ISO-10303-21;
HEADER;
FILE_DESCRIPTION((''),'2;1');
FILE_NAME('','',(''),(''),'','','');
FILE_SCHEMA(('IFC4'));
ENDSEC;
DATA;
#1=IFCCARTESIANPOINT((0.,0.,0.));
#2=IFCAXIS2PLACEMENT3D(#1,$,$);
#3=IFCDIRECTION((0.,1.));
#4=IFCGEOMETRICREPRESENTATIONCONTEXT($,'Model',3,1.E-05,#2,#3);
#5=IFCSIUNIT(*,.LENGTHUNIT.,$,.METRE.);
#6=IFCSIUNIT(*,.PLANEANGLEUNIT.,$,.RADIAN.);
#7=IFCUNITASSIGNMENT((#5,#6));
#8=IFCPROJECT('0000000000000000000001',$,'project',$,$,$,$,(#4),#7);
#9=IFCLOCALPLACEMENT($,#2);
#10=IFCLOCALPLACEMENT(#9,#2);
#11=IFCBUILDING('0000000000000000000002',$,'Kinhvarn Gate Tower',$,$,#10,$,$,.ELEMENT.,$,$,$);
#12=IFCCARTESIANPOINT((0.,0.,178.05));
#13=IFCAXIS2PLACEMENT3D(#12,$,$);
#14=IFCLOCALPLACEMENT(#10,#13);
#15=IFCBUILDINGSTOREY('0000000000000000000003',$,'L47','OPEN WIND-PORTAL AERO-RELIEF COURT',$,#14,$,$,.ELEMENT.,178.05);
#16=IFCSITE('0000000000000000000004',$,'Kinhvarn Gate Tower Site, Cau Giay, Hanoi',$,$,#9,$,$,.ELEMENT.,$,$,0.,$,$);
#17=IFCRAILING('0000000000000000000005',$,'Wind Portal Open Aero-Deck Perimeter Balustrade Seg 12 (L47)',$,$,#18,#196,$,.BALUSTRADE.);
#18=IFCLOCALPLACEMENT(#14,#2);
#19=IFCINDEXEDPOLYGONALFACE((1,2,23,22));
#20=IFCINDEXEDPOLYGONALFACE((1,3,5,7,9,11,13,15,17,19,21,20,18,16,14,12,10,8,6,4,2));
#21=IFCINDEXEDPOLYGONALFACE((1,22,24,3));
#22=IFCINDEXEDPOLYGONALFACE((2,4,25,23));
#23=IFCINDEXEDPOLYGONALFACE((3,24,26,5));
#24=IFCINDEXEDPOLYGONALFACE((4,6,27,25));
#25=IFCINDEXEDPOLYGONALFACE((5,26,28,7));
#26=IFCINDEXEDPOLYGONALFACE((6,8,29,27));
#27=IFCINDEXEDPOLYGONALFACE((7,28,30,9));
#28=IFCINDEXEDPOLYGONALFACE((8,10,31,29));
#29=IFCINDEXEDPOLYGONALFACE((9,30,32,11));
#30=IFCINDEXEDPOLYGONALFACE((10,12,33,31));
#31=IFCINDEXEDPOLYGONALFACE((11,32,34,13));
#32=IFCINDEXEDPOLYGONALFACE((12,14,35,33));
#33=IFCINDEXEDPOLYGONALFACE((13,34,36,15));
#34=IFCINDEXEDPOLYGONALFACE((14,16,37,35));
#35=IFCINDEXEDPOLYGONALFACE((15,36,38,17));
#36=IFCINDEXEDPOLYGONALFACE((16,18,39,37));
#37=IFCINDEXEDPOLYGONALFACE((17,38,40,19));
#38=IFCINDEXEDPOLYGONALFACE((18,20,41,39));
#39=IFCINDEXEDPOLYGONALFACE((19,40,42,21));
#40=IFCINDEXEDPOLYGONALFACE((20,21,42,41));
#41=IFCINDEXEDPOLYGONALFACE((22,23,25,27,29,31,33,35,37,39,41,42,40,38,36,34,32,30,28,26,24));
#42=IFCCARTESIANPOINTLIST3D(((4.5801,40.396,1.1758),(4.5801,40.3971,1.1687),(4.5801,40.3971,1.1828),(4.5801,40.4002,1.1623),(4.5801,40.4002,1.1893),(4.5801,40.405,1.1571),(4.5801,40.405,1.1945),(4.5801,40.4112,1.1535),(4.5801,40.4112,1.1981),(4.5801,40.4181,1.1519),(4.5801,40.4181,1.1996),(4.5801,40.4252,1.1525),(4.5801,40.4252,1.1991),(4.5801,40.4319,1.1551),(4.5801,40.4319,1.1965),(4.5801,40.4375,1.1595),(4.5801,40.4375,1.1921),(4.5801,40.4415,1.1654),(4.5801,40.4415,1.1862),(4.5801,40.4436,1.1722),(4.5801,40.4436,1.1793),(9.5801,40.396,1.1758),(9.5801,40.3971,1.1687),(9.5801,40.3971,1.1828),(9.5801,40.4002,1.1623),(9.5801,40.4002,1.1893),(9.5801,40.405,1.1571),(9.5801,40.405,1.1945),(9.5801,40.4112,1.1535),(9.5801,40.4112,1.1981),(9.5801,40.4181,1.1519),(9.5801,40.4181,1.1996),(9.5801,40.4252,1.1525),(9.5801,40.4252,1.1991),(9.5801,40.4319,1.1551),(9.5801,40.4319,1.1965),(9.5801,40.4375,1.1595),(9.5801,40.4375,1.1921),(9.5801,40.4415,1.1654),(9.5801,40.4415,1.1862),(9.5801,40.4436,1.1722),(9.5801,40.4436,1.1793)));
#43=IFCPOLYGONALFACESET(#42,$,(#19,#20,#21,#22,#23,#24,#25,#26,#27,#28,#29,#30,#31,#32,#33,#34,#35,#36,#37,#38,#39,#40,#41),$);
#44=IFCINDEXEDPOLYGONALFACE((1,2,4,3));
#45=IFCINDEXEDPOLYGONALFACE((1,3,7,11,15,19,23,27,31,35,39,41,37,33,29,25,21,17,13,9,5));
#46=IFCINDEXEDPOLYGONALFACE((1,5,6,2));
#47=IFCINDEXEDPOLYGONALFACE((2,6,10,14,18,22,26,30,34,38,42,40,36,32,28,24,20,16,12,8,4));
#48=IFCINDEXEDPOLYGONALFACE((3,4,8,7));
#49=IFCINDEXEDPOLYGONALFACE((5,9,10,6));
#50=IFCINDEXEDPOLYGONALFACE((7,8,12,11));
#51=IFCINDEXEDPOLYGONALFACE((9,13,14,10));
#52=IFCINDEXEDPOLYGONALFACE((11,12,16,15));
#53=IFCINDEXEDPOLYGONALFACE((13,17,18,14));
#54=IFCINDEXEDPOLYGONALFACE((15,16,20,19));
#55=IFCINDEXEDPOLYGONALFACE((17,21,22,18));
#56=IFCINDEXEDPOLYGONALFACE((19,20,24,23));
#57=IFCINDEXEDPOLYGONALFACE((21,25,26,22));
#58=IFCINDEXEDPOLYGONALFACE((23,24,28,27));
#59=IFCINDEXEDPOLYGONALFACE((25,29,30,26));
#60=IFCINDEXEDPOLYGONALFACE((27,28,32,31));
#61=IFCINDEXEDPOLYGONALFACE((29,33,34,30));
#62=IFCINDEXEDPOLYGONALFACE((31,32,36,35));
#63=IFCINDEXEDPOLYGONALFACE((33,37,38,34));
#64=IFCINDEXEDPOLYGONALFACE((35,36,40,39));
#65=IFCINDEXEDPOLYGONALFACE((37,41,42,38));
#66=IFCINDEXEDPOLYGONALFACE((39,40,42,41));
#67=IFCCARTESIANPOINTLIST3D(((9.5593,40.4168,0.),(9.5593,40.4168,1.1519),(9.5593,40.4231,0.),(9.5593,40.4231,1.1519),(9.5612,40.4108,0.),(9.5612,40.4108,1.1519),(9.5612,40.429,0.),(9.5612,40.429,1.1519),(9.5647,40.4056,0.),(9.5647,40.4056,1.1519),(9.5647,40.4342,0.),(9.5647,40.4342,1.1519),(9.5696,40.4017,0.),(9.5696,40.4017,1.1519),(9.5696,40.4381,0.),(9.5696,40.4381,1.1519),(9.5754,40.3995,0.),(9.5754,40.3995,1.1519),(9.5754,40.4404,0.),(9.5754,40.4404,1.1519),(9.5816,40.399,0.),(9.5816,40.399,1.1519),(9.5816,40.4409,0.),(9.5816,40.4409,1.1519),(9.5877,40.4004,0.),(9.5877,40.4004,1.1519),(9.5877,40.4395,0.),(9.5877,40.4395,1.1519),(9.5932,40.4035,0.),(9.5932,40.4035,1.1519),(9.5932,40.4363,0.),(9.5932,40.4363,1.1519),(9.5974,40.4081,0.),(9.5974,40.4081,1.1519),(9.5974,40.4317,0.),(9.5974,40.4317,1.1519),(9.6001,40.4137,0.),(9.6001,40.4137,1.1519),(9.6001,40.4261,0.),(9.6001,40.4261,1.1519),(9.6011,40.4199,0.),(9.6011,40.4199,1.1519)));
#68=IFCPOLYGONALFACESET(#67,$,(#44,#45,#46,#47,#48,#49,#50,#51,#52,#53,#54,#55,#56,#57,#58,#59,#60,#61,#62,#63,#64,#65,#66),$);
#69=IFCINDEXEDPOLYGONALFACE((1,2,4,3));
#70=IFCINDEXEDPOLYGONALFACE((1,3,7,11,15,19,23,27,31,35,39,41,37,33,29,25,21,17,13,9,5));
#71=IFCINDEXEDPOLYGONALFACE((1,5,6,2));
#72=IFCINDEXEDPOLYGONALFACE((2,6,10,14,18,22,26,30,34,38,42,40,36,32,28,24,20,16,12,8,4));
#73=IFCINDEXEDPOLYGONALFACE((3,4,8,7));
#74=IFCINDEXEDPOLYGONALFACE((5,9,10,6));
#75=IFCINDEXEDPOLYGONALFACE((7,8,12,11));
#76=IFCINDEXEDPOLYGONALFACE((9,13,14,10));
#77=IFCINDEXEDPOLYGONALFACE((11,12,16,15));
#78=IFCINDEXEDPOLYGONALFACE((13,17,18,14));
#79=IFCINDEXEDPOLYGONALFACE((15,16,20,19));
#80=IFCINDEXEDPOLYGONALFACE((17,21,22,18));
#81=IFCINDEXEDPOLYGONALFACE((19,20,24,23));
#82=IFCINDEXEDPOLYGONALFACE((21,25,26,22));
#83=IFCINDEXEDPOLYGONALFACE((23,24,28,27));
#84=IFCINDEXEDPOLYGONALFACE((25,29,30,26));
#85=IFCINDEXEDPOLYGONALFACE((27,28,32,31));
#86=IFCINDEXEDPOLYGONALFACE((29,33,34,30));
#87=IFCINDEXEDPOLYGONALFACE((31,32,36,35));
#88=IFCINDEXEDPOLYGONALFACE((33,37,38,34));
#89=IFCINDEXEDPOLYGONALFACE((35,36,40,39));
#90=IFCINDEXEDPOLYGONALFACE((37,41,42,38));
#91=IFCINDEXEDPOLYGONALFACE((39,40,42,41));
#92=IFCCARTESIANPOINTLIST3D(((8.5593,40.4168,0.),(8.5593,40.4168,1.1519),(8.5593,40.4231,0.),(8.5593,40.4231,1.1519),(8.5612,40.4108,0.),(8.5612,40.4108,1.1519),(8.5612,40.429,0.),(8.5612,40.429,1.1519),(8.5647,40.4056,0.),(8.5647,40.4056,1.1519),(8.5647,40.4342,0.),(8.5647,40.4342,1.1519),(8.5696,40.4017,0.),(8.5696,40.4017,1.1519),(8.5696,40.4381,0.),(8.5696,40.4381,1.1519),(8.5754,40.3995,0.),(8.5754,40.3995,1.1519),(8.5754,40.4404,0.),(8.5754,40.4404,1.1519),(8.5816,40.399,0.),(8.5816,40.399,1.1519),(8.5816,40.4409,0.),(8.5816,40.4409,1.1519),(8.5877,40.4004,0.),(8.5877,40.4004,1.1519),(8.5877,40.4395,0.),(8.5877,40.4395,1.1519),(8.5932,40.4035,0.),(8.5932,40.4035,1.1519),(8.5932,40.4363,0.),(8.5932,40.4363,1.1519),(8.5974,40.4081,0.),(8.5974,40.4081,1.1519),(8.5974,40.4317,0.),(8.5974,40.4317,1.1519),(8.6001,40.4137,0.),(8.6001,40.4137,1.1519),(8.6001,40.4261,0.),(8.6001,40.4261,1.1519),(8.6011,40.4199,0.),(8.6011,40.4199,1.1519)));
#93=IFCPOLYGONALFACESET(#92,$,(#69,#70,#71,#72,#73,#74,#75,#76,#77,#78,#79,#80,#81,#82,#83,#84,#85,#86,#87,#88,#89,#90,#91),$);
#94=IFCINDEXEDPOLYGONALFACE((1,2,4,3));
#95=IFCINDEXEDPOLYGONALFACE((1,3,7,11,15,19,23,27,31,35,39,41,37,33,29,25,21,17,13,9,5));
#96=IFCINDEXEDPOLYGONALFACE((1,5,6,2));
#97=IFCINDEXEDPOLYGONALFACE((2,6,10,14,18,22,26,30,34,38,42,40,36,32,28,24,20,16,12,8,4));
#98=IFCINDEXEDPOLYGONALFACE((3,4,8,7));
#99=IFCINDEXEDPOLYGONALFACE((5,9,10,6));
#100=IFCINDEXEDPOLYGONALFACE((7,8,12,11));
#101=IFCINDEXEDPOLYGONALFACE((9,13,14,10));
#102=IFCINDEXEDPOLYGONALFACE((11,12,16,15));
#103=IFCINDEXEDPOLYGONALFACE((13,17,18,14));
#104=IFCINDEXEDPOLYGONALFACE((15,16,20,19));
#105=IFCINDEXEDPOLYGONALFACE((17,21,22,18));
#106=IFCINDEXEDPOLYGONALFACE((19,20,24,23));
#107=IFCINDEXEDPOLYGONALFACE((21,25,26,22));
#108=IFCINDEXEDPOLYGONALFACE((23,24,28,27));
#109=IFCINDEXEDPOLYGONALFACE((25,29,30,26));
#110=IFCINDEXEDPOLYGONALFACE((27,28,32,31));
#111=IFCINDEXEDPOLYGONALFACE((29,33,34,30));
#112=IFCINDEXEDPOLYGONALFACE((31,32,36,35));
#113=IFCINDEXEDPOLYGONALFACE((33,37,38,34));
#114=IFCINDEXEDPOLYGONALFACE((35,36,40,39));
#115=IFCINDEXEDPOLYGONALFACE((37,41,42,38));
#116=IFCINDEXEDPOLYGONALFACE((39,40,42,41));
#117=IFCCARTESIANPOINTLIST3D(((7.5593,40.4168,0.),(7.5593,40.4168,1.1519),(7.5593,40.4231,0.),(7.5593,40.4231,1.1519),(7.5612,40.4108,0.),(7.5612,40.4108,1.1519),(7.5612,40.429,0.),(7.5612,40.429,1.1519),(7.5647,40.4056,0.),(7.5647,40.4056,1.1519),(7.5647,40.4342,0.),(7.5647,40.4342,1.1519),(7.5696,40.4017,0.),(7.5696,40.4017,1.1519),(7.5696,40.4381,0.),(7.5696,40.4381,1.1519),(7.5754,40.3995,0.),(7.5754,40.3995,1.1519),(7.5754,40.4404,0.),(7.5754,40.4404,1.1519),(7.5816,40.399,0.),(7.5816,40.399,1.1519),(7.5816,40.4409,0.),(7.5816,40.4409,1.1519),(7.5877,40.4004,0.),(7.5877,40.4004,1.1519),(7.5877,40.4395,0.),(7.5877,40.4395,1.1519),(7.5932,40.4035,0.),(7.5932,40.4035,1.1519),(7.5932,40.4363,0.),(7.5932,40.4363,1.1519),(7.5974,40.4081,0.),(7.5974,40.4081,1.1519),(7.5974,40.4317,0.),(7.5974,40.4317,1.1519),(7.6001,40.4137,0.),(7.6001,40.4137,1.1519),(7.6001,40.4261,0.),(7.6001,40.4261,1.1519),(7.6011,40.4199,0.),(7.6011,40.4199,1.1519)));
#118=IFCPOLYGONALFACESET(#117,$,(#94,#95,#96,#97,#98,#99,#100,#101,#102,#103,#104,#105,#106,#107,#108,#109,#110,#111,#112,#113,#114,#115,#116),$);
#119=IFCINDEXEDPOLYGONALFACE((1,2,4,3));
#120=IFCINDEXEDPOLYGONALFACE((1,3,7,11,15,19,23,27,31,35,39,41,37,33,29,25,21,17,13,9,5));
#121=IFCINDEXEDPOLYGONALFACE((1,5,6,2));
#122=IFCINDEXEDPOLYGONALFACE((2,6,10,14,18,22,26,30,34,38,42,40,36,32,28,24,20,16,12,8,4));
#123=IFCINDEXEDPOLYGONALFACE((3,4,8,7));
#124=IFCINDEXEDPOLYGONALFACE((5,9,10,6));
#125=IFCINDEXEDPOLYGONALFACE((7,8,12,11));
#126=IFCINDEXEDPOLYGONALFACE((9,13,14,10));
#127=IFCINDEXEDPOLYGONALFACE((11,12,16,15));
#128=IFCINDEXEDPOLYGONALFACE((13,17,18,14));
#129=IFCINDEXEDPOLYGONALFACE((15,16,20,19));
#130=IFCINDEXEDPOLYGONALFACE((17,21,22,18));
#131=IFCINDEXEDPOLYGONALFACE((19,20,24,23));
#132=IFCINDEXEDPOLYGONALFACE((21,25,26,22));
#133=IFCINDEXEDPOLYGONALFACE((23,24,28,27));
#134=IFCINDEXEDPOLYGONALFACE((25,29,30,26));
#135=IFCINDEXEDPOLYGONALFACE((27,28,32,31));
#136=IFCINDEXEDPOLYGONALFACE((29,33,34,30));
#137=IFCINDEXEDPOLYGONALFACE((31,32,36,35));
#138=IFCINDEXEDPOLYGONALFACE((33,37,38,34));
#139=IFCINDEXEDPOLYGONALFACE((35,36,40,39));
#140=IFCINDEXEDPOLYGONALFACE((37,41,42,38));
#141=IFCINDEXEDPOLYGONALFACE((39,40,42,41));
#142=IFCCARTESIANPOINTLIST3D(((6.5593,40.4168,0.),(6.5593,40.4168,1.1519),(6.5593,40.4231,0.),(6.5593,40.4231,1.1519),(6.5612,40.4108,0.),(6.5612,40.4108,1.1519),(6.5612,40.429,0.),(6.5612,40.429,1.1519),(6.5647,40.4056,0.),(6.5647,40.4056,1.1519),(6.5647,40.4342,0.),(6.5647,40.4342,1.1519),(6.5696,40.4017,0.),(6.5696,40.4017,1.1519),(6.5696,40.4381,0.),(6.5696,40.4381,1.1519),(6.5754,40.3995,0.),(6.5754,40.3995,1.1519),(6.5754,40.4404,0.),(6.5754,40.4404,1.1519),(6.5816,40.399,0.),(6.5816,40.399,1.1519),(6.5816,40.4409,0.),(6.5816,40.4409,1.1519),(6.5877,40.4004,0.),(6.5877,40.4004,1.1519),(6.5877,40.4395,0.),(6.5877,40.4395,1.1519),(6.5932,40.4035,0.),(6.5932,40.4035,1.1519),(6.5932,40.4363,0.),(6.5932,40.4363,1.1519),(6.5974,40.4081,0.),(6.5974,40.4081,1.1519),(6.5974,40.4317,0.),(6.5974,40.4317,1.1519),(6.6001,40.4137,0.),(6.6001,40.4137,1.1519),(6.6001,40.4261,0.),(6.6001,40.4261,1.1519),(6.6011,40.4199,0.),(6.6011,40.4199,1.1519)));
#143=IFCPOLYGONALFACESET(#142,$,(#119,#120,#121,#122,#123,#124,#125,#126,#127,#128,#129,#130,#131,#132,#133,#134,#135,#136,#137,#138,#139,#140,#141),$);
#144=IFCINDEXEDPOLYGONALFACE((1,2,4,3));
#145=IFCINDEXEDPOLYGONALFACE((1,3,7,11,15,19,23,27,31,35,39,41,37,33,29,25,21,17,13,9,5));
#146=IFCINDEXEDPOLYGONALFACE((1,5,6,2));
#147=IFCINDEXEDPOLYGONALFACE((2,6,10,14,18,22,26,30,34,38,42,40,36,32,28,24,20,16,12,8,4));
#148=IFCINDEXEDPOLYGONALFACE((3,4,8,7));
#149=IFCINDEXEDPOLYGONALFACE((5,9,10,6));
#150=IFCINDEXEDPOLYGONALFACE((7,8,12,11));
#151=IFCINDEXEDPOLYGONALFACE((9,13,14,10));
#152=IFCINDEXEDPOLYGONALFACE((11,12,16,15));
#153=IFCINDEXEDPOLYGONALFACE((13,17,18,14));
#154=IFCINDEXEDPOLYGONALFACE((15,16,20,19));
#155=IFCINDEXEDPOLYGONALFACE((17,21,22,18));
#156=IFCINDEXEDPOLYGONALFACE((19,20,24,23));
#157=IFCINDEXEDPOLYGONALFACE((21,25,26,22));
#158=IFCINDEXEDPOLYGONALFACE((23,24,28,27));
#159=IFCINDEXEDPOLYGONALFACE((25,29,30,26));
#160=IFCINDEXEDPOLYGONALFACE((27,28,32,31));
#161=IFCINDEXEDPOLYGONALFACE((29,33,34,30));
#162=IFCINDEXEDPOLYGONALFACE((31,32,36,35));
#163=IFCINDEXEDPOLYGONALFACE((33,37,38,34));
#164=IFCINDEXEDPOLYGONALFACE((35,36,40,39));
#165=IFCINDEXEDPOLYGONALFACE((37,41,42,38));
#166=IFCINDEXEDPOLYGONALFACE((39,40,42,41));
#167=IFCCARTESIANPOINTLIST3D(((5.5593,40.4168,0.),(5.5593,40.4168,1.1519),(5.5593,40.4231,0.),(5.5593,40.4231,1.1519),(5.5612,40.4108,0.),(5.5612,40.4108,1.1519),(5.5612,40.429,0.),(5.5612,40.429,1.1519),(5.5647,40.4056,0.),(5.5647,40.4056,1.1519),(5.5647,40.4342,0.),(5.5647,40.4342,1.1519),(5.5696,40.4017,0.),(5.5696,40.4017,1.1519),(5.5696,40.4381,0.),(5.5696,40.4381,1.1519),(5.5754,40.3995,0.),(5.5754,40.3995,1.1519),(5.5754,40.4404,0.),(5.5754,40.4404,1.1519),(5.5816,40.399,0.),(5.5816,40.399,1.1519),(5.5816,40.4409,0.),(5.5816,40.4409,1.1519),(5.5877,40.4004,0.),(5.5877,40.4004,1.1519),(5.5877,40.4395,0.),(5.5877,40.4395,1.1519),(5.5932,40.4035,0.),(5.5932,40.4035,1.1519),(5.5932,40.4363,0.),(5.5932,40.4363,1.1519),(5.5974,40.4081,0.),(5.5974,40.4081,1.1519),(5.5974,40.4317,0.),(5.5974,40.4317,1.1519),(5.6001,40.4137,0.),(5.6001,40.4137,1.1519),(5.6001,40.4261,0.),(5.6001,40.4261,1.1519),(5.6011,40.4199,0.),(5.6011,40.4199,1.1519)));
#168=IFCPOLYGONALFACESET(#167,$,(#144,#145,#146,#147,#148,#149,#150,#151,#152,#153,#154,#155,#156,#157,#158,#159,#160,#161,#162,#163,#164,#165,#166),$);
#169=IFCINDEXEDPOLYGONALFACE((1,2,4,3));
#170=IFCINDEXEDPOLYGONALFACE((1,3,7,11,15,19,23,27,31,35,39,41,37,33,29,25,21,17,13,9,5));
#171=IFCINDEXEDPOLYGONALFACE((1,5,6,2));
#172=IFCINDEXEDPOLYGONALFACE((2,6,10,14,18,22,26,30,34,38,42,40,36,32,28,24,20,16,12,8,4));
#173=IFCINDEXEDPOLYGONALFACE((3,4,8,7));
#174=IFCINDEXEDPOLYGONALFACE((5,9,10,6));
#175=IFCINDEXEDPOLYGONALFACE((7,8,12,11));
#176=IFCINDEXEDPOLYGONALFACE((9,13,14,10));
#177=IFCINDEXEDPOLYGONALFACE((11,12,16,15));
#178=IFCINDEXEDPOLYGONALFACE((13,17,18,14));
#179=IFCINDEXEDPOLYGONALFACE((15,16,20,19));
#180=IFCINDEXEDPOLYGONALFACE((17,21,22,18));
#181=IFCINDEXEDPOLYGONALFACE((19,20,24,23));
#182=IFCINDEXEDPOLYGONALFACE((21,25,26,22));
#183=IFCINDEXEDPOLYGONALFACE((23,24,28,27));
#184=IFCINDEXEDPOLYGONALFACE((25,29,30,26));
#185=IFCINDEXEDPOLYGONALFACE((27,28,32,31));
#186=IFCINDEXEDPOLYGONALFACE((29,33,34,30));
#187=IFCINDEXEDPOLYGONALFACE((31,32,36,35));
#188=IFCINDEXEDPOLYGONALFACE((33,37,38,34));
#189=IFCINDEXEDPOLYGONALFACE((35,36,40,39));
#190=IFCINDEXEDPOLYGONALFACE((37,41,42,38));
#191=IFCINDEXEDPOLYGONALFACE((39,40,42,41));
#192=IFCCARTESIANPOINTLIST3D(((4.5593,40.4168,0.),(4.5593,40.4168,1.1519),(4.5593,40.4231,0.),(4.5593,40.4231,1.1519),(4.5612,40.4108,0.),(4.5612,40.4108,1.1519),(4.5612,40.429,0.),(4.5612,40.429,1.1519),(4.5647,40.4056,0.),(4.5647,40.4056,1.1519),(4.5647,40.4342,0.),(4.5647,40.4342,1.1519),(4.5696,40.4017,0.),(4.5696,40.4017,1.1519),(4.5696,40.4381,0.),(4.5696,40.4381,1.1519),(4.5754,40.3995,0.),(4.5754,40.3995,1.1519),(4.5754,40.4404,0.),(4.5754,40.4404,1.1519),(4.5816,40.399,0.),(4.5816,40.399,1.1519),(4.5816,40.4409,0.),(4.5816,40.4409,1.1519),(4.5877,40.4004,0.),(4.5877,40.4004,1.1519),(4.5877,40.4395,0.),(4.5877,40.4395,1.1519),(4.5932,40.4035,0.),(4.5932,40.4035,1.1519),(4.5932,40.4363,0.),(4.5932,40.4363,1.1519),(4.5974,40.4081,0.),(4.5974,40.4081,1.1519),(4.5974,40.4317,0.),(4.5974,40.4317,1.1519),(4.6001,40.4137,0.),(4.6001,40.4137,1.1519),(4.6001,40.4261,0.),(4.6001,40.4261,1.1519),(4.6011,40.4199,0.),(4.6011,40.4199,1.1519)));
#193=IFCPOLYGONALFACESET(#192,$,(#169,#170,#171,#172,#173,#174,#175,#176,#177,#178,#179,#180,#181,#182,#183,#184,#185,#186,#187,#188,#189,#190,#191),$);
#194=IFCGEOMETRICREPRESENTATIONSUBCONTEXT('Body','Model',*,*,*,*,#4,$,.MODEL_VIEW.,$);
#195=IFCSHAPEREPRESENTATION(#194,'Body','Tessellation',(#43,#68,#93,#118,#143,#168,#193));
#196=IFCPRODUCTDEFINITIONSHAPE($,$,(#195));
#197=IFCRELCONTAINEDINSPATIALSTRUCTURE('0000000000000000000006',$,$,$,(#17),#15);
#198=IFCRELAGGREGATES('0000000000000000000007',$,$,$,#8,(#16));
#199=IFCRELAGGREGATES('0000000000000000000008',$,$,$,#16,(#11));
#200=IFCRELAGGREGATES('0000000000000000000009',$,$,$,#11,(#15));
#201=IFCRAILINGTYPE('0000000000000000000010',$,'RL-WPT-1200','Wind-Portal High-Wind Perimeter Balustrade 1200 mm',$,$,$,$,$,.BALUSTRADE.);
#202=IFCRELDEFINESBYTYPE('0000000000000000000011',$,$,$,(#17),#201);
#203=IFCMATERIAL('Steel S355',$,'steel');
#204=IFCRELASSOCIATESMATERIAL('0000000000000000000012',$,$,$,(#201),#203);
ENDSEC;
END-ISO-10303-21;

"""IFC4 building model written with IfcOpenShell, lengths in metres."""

from ifc_helpers import new_model, si_unit, direction, frame, origin, origin_2d, place, context, subcontext, project, spatial, circle, extrude, material, type_object, element, save


model = new_model("IFC4")

# Units and contexts
model_context = context("Model", 3, precision=1e-05, world=origin(), true_north=direction((0.0, 1.0)))
body_context = subcontext(model_context, "Body", "Model", "MODEL_VIEW")
ifc_project = project(units=[si_unit("LENGTHUNIT", "METRE"), si_unit("PLANEANGLEUNIT", "RADIAN")], contexts=[model_context])

# Site, building, storey
site_placement = place(None, origin())
site = spatial("IfcSite", under=ifc_project, at=site_placement, Name="Kinhvarn Gate Tower Site, Cau Giay, Hanoi", CompositionType="ELEMENT", RefElevation=0.0)
building_placement = place(site_placement, origin())
building = spatial("IfcBuilding", under=site, at=building_placement, Name="Kinhvarn Gate Tower", CompositionType="ELEMENT")
storey_placement = place(building_placement, frame((0.0, 0.0, 178.05)))
storey = spatial("IfcBuildingStorey", under=building, at=storey_placement, Name="L47", Description="OPEN WIND-PORTAL AERO-RELIEF COURT", CompositionType="ELEMENT", Elevation=178.05)

# Shared definitions
ifc_material_1 = material(Name="Steel S355", Category="steel")

# Railing
railing_type_1 = type_object("IfcRailingType", Name="RL-WPT-1200", Description="Wind-Portal High-Wind Perimeter Balustrade 1200 mm", PredefinedType="BALUSTRADE", material=ifc_material_1)
railing_1_placement = place(storey_placement, frame((9.5801, 40.4199, 0.0)))
element("IfcRailing", 1, at=railing_1_placement, inside=storey, type_object=railing_type_1, Name="Wind Portal Open Aero-Deck Perimeter Balustrade Seg 12 (L47)", PredefinedType="BALUSTRADE", context=body_context, shape_type="SweptSolid", body=[
    extrude(circle(Radius=0.0239, at=origin_2d()), frame((0.0, 0.0, 1.1758), z_axis=(-1.0, 0.0, 0.0), x_axis=(0.0, -1.0, 0.0)), (0.0, 0.0, 1.0), 5.0),
    extrude(circle(Radius=0.021, at=origin_2d()), origin(), (0.0, 0.0, 1.0), 1.1519),
    extrude(circle(Radius=0.021, at=origin_2d()), frame((-1.0, 0.0, 0.0)), (0.0, 0.0, 1.0), 1.1519),
    extrude(circle(Radius=0.021, at=origin_2d()), frame((-2.0, 0.0, 0.0)), (0.0, 0.0, 1.0), 1.1519),
    extrude(circle(Radius=0.021, at=origin_2d()), frame((-3.0, 0.0, 0.0)), (0.0, 0.0, 1.0), 1.1519),
    extrude(circle(Radius=0.021, at=origin_2d()), frame((-4.0, 0.0, 0.0)), (0.0, 0.0, 1.0), 1.1519),
    extrude(circle(Radius=0.021, at=origin_2d()), frame((-5.0, 0.0, 0.0)), (0.0, 0.0, 1.0), 1.1519),
])

save(model, "model.ifc")
